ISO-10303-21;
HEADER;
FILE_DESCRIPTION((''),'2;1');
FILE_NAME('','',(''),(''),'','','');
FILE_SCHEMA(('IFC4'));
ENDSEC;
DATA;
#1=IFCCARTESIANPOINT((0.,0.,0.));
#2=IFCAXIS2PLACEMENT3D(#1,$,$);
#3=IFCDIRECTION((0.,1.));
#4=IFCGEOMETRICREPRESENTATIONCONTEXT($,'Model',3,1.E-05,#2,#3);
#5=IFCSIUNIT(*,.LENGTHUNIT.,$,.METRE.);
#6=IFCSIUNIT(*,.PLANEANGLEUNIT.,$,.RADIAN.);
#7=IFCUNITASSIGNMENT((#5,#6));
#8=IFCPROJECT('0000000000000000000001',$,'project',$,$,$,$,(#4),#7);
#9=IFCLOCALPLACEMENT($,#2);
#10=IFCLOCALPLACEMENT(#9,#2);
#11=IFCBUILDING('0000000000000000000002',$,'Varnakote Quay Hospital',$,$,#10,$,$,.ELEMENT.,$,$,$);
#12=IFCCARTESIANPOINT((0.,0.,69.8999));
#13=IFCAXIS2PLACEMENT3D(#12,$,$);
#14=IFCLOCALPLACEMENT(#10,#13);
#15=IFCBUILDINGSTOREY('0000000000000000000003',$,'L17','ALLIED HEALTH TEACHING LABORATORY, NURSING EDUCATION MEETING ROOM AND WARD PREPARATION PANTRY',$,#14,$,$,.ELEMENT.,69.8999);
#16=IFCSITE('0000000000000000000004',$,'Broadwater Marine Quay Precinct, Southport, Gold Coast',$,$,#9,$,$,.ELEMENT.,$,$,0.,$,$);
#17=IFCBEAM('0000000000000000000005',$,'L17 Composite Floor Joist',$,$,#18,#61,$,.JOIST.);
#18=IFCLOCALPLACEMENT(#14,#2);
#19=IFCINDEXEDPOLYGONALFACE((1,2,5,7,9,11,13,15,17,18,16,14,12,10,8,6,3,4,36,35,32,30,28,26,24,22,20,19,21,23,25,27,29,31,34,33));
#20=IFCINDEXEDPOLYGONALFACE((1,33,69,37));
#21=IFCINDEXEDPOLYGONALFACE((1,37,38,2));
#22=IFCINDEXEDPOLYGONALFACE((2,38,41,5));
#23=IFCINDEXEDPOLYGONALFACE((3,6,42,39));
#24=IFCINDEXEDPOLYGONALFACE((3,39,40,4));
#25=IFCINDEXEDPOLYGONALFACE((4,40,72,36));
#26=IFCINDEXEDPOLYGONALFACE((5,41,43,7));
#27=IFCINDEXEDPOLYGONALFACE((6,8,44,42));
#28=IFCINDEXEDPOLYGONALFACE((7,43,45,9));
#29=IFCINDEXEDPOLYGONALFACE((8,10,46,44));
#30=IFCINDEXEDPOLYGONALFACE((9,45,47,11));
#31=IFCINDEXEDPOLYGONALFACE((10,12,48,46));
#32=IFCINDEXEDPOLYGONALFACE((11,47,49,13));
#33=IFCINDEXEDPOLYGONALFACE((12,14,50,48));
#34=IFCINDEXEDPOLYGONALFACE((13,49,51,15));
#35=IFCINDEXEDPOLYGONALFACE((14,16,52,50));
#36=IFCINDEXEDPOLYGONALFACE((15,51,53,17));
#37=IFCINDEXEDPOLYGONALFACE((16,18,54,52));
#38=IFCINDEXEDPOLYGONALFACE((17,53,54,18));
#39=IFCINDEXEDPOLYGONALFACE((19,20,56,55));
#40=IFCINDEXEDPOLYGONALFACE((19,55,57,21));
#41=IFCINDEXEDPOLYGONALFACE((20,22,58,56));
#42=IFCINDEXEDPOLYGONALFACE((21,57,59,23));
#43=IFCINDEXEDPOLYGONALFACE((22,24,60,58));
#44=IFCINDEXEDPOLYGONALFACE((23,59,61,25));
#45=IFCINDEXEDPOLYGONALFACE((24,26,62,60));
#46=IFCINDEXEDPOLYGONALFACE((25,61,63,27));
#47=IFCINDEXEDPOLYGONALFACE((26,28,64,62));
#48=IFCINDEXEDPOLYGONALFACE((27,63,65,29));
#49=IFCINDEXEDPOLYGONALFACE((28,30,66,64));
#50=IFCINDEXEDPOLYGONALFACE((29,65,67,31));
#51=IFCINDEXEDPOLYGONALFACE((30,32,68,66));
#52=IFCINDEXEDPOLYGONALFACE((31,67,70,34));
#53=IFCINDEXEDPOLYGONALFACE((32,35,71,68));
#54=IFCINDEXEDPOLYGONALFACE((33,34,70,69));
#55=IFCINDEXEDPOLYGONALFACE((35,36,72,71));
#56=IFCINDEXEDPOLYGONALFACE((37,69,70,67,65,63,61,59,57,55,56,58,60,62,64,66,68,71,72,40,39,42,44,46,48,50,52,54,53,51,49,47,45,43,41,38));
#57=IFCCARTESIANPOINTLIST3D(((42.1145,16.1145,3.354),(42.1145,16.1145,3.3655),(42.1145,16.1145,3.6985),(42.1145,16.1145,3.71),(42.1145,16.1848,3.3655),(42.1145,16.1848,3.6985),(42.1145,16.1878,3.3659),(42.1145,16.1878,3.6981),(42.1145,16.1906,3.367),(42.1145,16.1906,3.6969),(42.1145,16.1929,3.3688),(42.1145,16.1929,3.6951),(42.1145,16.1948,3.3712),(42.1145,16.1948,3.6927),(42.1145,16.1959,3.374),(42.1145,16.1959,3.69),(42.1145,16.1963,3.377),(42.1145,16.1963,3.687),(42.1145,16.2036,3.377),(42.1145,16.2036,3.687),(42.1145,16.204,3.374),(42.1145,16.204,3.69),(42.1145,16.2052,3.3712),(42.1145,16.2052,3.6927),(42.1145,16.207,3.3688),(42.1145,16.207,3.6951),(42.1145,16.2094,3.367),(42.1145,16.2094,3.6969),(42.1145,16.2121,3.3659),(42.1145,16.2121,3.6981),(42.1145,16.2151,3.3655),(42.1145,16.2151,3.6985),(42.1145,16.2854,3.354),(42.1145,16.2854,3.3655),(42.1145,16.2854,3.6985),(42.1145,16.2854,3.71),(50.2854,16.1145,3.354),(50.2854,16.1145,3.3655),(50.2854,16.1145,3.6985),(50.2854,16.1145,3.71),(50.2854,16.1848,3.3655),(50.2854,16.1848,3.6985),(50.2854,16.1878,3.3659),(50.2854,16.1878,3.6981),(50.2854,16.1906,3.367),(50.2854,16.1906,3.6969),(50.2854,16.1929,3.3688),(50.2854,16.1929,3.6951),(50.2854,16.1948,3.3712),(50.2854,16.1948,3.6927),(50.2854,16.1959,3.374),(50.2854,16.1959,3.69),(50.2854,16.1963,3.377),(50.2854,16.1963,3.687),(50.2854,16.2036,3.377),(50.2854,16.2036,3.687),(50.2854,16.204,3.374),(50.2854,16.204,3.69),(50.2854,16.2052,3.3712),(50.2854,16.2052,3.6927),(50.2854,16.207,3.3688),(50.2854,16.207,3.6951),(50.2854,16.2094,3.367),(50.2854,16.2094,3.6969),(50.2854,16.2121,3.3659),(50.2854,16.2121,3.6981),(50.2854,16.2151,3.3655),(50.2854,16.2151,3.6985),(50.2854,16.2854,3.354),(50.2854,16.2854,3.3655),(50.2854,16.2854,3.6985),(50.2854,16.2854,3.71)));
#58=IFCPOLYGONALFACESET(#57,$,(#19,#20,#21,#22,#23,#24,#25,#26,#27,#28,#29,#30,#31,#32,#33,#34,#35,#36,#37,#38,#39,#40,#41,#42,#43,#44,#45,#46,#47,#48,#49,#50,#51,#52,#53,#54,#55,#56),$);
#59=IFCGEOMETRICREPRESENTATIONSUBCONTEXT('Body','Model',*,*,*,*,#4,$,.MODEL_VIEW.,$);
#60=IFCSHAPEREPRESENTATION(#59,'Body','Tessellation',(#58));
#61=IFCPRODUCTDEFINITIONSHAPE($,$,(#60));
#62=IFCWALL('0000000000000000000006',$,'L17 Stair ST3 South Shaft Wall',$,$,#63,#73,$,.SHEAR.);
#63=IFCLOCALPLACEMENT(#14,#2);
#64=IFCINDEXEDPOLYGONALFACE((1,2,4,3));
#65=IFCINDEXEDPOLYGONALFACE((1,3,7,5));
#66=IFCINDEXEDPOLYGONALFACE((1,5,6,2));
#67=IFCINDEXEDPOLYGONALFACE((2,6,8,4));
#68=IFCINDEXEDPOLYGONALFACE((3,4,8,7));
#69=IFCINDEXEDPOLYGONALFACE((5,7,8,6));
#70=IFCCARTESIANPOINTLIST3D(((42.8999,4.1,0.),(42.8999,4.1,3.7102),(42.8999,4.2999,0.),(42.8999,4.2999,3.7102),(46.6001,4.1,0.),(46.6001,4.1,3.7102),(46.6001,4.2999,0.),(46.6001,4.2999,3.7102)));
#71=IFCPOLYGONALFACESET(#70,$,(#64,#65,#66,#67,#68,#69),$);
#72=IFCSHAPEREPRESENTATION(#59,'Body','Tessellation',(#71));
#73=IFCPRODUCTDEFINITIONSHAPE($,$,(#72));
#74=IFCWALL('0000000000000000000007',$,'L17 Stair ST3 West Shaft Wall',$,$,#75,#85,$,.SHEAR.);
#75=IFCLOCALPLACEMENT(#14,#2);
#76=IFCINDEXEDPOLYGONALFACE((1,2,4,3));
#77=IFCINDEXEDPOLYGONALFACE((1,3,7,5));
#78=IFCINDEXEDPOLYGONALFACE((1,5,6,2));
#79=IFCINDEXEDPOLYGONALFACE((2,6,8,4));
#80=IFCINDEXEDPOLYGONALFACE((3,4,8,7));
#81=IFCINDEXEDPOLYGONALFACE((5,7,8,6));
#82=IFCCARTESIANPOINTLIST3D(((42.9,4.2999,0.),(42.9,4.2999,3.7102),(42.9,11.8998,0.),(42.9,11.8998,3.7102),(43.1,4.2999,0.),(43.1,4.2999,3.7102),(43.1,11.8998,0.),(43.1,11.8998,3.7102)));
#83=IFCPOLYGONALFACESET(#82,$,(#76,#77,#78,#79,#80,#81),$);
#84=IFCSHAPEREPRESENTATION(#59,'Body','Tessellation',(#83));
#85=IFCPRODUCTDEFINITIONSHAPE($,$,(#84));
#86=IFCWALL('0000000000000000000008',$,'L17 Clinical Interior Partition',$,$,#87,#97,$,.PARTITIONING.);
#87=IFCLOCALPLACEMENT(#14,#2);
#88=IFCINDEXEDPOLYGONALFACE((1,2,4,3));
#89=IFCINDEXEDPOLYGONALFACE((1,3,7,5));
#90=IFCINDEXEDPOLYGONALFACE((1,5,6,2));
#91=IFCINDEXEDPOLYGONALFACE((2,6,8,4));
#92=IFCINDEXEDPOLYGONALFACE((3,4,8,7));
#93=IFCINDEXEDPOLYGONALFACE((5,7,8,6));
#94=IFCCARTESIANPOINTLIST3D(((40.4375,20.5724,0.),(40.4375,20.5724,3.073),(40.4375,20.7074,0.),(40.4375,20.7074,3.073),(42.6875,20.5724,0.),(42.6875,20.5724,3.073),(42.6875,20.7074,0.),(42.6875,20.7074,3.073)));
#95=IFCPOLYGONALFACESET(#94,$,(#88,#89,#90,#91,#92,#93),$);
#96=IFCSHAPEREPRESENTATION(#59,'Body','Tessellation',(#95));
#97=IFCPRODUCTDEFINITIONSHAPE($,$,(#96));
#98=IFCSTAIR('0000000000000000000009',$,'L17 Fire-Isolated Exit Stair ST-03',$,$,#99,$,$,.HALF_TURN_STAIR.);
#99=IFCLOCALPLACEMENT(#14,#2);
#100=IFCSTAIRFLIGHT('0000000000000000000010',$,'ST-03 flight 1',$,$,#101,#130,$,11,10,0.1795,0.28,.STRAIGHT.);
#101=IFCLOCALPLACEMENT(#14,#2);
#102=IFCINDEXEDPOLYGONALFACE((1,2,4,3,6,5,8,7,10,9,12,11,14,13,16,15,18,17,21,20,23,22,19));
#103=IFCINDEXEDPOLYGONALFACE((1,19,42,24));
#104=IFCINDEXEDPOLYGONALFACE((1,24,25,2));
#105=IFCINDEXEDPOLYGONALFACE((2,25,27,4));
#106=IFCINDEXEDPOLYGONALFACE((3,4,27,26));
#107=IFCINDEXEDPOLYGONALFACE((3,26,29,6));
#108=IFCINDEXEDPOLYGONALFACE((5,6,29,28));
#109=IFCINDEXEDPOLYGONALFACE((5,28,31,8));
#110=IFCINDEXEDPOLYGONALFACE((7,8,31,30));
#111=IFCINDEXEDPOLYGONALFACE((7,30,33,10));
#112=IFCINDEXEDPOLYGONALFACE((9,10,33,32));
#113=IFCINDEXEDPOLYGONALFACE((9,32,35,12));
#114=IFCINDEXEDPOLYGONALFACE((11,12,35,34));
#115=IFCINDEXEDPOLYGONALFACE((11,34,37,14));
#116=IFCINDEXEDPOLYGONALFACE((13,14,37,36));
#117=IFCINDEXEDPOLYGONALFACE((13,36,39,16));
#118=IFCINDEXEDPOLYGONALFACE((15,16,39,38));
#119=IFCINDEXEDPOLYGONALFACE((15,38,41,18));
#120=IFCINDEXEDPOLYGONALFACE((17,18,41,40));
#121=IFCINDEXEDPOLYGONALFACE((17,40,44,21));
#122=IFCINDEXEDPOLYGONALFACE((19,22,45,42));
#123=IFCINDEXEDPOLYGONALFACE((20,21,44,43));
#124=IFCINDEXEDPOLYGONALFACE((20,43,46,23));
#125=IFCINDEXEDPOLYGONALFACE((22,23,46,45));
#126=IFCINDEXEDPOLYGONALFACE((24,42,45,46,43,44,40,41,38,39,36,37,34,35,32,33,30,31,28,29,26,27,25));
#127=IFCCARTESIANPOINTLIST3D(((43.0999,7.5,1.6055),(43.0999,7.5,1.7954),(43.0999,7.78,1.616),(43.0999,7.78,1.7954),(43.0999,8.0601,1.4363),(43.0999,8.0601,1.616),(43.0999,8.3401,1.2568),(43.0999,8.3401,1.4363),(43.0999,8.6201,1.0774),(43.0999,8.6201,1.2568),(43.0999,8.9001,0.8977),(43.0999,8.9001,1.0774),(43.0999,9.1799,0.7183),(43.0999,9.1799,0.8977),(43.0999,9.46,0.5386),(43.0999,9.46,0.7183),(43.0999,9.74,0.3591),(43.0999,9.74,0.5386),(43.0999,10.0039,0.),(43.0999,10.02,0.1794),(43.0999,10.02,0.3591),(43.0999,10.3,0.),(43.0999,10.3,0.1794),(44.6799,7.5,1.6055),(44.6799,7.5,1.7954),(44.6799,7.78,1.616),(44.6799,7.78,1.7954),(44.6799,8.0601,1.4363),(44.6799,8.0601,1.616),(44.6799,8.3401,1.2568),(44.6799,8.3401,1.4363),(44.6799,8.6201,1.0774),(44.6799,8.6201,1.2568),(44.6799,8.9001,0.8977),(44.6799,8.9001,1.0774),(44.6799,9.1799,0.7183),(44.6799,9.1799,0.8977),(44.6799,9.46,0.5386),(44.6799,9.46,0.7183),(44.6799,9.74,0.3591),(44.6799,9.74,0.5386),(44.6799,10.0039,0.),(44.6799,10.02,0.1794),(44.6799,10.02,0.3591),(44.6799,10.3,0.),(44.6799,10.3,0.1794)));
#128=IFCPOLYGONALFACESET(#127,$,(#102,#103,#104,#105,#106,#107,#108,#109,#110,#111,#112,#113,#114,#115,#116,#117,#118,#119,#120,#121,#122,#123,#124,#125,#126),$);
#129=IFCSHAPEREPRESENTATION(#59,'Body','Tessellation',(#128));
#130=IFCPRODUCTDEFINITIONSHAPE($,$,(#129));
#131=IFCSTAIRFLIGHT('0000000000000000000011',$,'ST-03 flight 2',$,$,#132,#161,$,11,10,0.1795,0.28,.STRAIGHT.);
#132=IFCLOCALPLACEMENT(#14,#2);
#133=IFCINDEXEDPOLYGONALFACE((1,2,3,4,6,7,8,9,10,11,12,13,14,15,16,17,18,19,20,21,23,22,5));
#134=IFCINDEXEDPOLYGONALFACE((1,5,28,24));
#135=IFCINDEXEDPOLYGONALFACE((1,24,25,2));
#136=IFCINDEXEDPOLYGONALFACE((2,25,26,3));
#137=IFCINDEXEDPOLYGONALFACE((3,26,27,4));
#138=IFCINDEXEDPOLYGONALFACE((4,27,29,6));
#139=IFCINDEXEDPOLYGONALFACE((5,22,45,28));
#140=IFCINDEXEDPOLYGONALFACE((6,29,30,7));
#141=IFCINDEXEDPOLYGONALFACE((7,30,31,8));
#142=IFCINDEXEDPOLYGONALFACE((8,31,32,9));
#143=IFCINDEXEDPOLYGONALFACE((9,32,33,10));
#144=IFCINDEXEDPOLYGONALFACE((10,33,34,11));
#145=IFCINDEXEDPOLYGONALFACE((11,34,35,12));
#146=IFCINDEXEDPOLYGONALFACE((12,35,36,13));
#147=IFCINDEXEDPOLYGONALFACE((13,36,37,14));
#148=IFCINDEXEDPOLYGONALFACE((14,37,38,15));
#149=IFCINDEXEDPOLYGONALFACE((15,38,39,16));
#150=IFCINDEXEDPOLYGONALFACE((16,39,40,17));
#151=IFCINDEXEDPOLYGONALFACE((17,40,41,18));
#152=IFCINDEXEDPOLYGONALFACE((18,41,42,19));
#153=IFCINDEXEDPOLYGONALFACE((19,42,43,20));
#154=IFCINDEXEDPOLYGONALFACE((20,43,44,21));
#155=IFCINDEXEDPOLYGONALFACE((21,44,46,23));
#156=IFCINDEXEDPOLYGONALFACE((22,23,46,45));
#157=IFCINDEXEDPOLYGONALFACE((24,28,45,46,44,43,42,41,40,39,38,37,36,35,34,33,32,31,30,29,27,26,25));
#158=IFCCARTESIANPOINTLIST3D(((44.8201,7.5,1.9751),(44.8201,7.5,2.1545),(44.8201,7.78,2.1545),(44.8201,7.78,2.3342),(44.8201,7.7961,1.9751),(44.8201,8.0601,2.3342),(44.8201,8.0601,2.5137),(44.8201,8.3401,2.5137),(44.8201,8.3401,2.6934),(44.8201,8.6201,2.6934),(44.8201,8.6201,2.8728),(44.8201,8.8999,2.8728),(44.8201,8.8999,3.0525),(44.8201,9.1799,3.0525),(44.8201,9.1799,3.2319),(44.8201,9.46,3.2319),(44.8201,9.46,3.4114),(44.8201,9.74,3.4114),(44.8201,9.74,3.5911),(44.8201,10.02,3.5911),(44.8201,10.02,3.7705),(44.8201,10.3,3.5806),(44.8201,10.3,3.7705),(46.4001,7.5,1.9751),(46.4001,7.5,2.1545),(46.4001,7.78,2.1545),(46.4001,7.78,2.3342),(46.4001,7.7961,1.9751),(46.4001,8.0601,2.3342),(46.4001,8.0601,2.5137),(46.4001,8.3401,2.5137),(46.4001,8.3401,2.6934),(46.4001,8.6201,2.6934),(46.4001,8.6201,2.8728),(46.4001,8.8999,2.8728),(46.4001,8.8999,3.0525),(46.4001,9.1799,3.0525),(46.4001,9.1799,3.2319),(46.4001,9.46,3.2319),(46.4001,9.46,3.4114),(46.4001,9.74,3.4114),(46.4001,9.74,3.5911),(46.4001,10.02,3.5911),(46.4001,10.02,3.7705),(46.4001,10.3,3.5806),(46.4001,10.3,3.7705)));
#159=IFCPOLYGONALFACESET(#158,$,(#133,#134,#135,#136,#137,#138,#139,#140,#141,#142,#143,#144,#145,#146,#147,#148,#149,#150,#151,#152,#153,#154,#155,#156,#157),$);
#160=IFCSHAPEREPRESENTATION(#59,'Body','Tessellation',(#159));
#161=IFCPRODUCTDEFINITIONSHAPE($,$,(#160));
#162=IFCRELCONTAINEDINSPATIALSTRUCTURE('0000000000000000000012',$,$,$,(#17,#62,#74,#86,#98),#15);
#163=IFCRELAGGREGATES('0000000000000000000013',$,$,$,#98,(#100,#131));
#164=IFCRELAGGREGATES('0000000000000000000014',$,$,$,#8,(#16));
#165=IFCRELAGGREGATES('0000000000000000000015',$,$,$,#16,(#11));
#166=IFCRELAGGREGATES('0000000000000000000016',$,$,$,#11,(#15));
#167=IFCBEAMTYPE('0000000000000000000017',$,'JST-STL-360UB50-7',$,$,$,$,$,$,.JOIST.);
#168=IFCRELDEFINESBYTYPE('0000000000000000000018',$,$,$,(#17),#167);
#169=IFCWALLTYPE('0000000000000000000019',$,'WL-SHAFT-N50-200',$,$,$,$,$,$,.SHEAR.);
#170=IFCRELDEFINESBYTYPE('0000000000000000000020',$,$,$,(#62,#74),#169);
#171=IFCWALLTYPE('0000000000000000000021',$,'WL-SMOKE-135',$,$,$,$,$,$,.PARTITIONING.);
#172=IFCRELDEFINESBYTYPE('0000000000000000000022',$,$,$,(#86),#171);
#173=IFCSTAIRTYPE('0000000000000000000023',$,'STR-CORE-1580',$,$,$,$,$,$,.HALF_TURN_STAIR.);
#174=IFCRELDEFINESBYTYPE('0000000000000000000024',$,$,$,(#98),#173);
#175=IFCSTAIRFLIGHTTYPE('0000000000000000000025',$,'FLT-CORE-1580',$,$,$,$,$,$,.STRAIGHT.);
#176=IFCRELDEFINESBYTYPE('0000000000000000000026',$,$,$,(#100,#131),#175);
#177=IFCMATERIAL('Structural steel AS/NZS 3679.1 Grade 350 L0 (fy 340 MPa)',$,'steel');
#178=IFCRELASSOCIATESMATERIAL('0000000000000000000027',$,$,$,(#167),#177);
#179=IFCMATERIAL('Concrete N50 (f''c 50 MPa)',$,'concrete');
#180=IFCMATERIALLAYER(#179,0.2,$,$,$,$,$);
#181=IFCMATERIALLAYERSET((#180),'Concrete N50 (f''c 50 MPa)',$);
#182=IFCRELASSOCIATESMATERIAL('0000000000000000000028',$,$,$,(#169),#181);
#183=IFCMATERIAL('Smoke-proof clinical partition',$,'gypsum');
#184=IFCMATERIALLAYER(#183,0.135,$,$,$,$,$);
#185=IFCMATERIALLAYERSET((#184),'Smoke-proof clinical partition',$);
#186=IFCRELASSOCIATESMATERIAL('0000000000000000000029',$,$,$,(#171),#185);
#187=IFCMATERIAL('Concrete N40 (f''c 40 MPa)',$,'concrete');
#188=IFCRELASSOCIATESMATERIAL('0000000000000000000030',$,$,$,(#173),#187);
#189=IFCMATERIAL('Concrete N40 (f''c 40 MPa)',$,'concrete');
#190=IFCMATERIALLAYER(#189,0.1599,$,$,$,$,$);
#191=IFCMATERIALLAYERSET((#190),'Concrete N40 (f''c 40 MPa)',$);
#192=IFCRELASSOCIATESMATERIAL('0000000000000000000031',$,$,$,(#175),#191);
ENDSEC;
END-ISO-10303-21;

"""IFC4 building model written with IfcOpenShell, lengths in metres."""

from ifc_helpers import new_model, si_unit, direction, frame, frame_2d, origin, origin_2d, place, context, subcontext, project, spatial, polyline, rectangle, i_section, outline, extrude, material, layer, layer_set, material_profile, profile_set, type_object, element, aggregate, save


model = new_model("IFC4")

# Units and contexts
model_context = context("Model", 3, precision=1e-05, world=origin(), true_north=direction((0.0, 1.0)))
body_context = subcontext(model_context, "Body", "Model", "MODEL_VIEW")
ifc_project = project(units=[si_unit("LENGTHUNIT", "METRE"), si_unit("PLANEANGLEUNIT", "RADIAN")], contexts=[model_context])

# Site, building, storey
site_placement = place(None, origin())
site = spatial("IfcSite", under=ifc_project, at=site_placement, Name="Broadwater Marine Quay Precinct, Southport, Gold Coast", CompositionType="ELEMENT", RefElevation=0.0)
building_placement = place(site_placement, origin())
building = spatial("IfcBuilding", under=site, at=building_placement, Name="Varnakote Quay Hospital", CompositionType="ELEMENT")
storey_placement = place(building_placement, frame((0.0, 0.0, 69.8999)))
storey = spatial("IfcBuildingStorey", under=building, at=storey_placement, Name="L17", Description="ALLIED HEALTH TEACHING LABORATORY, NURSING EDUCATION MEETING ROOM AND WARD PREPARATION PANTRY", CompositionType="ELEMENT", Elevation=69.8999)

# Beam
ifc_material_1 = material(Name="Structural steel AS/NZS 3679.1 Grade 350 L0 (fy 340 MPa)", Category="steel")
ifc_material_profile_1 = material_profile(ifc_material_1, i_section(OverallWidth=0.1709, OverallDepth=0.356, WebThickness=0.0073, FlangeThickness=0.0115, FilletRadius=0.0115, at=origin_2d()), Name="360UB50.7")
ifc_profile_set_1 = profile_set([ifc_material_profile_1], Name="Structural steel AS/NZS 3679.1 Grade 350 L0 (fy 340 MPa)")
beam_type_1 = type_object("IfcBeamType", Name="JST-STL-360UB50-7", PredefinedType="JOIST", material=ifc_profile_set_1)
beam_1_placement = place(storey_placement, frame((42.1145, 16.2, 3.532), z_axis=(1.0, 0.0, 0.0), x_axis=(0.0, 1.0, 0.0)))
element("IfcBeam", 1, at=beam_1_placement, inside=storey, type_object=beam_type_1, Name="L17 Composite Floor Joist", PredefinedType="JOIST", context=body_context, shape_type="SweptSolid", body=[
    extrude(i_section(OverallWidth=0.1709, OverallDepth=0.356, WebThickness=0.0073, FlangeThickness=0.0115, FilletRadius=0.0115, at=origin_2d()), origin(), (0.0, 0.0, 1.0), 8.1709),
])

# Walls
ifc_material_2 = material(Name="Concrete N50 (f'c 50 MPa)", Category="concrete")
ifc_layer_1 = layer(ifc_material_2, 0.2)
ifc_layer_set_1 = layer_set([ifc_layer_1], Name="Concrete N50 (f'c 50 MPa)")
wall_type_1 = type_object("IfcWallType", Name="WL-SHAFT-N50-200", PredefinedType="SHEAR", material=ifc_layer_set_1)
wall_1_placement = place(storey_placement, frame((42.8999, 4.2, 0.0), z_axis=(0.0, 0.0, 1.0), x_axis=(1.0, 0.0, 0.0)))
element("IfcWall", 2, at=wall_1_placement, inside=storey, type_object=wall_type_1, Name="L17 Stair ST3 South Shaft Wall", PredefinedType="SHEAR", context=body_context, shape_type="SweptSolid", body=[
    extrude(rectangle(XDim=3.7002, YDim=0.2, at=frame_2d((1.8501, 0.0))), origin(), (0.0, 0.0, 1.0), 3.7102),
])
wall_2_placement = place(storey_placement, frame((43.0, 4.3, 0.0), z_axis=(0.0, 0.0, 1.0), x_axis=(0.0, 1.0, 0.0)))
element("IfcWall", 3, at=wall_2_placement, inside=storey, type_object=wall_type_1, Name="L17 Stair ST3 West Shaft Wall", PredefinedType="SHEAR", context=body_context, shape_type="SweptSolid", body=[
    extrude(rectangle(XDim=7.5999, YDim=0.2, at=frame_2d((3.7998, 0.0))), origin(), (0.0, 0.0, 1.0), 3.7102),
])

# Wall
ifc_material_3 = material(Name="Smoke-proof clinical partition", Category="gypsum")
ifc_layer_2 = layer(ifc_material_3, 0.135)
ifc_layer_set_2 = layer_set([ifc_layer_2], Name="Smoke-proof clinical partition")
wall_type_2 = type_object("IfcWallType", Name="WL-SMOKE-135", PredefinedType="PARTITIONING", material=ifc_layer_set_2)
wall_3_placement = place(storey_placement, frame((42.6875, 20.6399, 0.0), z_axis=(0.0, 0.0, 1.0), x_axis=(-1.0, 0.0, 0.0)))
element("IfcWall", 4, at=wall_3_placement, inside=storey, type_object=wall_type_2, Name="L17 Clinical Interior Partition", PredefinedType="PARTITIONING", context=body_context, shape_type="SweptSolid", body=[
    extrude(rectangle(XDim=2.25, YDim=0.135, at=frame_2d((1.125, 0.0))), origin(), (0.0, 0.0, 1.0), 3.073),
])

# Stair, stair flights
ifc_material_4 = material(Name="Concrete N40 (f'c 40 MPa)", Category="concrete")
stair_type = type_object("IfcStairType", Name="STR-CORE-1580", PredefinedType="HALF_TURN_STAIR", material=ifc_material_4)
stair_placement = place(storey_placement, origin())
stair = element("IfcStair", 5, at=stair_placement, inside=storey, type_object=stair_type, Name="L17 Fire-Isolated Exit Stair ST-03", PredefinedType="HALF_TURN_STAIR")
ifc_material_5 = material(Name="Concrete N40 (f'c 40 MPa)", Category="concrete")
ifc_layer_3 = layer(ifc_material_5, 0.1599)
ifc_layer_set_3 = layer_set([ifc_layer_3], Name="Concrete N40 (f'c 40 MPa)")
stair_flight_type = type_object("IfcStairFlightType", Name="FLT-CORE-1580", PredefinedType="STRAIGHT", material=ifc_layer_set_3)
stair_flight_1_placement = place(storey_placement, frame((43.8899, 10.3, 0.0), z_axis=(0.0, 0.0, 1.0), x_axis=(0.0, -1.0, 0.0)))
stair_flight_1 = element("IfcStairFlight", 6, at=stair_flight_1_placement, type_object=stair_flight_type, Name="ST-03 flight 1", NumberOfRisers=11, NumberOfTreads=10, PredefinedType="STRAIGHT", RiserHeight=0.1795, TreadLength=0.28, context=body_context, shape_type="SweptSolid", body=[
    extrude(outline(polyline([(0.0, 0.0), (0.0, 0.1794), (0.28, 0.1794), (0.28, 0.3591), (0.5601, 0.3591), (0.5601, 0.5386), (0.8401, 0.5386), (0.8401, 0.7183), (1.1201, 0.7183), (1.1201, 0.8977), (1.3999, 0.8977), (1.3999, 1.0774), (1.6799, 1.0774), (1.6799, 1.2568), (1.96, 1.2568), (1.96, 1.4363), (2.24, 1.4363), (2.24, 1.616), (2.52, 1.616), (2.52, 1.7954), (2.8, 1.7954), (2.8, 1.9751), (2.8, 1.6055), (0.2961, 0.0), (0.0, 0.0)])), frame((0.0, 0.79, 0.0), z_axis=(0.0, -1.0, 0.0), x_axis=(1.0, 0.0, 0.0)), (0.0, 0.0, 1.0), 1.5801),
])
stair_flight_2_placement = place(storey_placement, frame((45.6101, 7.5, 1.9751), z_axis=(0.0, 0.0, 1.0), x_axis=(0.0, 1.0, 0.0)))
stair_flight_2 = element("IfcStairFlight", 7, at=stair_flight_2_placement, type_object=stair_flight_type, Name="ST-03 flight 2", NumberOfRisers=11, NumberOfTreads=10, PredefinedType="STRAIGHT", RiserHeight=0.1795, TreadLength=0.28, context=body_context, shape_type="SweptSolid", body=[
    extrude(outline(polyline([(0.0, 0.0), (0.0, 0.1794), (0.28, 0.1794), (0.28, 0.3591), (0.5601, 0.3591), (0.5601, 0.5386), (0.8401, 0.5386), (0.8401, 0.7183), (1.1201, 0.7183), (1.1201, 0.8977), (1.3999, 0.8977), (1.3999, 1.0774), (1.6799, 1.0774), (1.6799, 1.2568), (1.96, 1.2568), (1.96, 1.4363), (2.24, 1.4363), (2.24, 1.616), (2.52, 1.616), (2.52, 1.7954), (2.8, 1.7954), (2.8, 1.9751), (2.8, 1.6055), (0.2961, 0.0), (0.0, 0.0)])), frame((0.0, 0.79, 0.0), z_axis=(0.0, -1.0, 0.0), x_axis=(1.0, 0.0, 0.0)), (0.0, 0.0, 1.0), 1.5801),
])
aggregate(stair, [stair_flight_1, stair_flight_2])

save(model, "model.ifc")
